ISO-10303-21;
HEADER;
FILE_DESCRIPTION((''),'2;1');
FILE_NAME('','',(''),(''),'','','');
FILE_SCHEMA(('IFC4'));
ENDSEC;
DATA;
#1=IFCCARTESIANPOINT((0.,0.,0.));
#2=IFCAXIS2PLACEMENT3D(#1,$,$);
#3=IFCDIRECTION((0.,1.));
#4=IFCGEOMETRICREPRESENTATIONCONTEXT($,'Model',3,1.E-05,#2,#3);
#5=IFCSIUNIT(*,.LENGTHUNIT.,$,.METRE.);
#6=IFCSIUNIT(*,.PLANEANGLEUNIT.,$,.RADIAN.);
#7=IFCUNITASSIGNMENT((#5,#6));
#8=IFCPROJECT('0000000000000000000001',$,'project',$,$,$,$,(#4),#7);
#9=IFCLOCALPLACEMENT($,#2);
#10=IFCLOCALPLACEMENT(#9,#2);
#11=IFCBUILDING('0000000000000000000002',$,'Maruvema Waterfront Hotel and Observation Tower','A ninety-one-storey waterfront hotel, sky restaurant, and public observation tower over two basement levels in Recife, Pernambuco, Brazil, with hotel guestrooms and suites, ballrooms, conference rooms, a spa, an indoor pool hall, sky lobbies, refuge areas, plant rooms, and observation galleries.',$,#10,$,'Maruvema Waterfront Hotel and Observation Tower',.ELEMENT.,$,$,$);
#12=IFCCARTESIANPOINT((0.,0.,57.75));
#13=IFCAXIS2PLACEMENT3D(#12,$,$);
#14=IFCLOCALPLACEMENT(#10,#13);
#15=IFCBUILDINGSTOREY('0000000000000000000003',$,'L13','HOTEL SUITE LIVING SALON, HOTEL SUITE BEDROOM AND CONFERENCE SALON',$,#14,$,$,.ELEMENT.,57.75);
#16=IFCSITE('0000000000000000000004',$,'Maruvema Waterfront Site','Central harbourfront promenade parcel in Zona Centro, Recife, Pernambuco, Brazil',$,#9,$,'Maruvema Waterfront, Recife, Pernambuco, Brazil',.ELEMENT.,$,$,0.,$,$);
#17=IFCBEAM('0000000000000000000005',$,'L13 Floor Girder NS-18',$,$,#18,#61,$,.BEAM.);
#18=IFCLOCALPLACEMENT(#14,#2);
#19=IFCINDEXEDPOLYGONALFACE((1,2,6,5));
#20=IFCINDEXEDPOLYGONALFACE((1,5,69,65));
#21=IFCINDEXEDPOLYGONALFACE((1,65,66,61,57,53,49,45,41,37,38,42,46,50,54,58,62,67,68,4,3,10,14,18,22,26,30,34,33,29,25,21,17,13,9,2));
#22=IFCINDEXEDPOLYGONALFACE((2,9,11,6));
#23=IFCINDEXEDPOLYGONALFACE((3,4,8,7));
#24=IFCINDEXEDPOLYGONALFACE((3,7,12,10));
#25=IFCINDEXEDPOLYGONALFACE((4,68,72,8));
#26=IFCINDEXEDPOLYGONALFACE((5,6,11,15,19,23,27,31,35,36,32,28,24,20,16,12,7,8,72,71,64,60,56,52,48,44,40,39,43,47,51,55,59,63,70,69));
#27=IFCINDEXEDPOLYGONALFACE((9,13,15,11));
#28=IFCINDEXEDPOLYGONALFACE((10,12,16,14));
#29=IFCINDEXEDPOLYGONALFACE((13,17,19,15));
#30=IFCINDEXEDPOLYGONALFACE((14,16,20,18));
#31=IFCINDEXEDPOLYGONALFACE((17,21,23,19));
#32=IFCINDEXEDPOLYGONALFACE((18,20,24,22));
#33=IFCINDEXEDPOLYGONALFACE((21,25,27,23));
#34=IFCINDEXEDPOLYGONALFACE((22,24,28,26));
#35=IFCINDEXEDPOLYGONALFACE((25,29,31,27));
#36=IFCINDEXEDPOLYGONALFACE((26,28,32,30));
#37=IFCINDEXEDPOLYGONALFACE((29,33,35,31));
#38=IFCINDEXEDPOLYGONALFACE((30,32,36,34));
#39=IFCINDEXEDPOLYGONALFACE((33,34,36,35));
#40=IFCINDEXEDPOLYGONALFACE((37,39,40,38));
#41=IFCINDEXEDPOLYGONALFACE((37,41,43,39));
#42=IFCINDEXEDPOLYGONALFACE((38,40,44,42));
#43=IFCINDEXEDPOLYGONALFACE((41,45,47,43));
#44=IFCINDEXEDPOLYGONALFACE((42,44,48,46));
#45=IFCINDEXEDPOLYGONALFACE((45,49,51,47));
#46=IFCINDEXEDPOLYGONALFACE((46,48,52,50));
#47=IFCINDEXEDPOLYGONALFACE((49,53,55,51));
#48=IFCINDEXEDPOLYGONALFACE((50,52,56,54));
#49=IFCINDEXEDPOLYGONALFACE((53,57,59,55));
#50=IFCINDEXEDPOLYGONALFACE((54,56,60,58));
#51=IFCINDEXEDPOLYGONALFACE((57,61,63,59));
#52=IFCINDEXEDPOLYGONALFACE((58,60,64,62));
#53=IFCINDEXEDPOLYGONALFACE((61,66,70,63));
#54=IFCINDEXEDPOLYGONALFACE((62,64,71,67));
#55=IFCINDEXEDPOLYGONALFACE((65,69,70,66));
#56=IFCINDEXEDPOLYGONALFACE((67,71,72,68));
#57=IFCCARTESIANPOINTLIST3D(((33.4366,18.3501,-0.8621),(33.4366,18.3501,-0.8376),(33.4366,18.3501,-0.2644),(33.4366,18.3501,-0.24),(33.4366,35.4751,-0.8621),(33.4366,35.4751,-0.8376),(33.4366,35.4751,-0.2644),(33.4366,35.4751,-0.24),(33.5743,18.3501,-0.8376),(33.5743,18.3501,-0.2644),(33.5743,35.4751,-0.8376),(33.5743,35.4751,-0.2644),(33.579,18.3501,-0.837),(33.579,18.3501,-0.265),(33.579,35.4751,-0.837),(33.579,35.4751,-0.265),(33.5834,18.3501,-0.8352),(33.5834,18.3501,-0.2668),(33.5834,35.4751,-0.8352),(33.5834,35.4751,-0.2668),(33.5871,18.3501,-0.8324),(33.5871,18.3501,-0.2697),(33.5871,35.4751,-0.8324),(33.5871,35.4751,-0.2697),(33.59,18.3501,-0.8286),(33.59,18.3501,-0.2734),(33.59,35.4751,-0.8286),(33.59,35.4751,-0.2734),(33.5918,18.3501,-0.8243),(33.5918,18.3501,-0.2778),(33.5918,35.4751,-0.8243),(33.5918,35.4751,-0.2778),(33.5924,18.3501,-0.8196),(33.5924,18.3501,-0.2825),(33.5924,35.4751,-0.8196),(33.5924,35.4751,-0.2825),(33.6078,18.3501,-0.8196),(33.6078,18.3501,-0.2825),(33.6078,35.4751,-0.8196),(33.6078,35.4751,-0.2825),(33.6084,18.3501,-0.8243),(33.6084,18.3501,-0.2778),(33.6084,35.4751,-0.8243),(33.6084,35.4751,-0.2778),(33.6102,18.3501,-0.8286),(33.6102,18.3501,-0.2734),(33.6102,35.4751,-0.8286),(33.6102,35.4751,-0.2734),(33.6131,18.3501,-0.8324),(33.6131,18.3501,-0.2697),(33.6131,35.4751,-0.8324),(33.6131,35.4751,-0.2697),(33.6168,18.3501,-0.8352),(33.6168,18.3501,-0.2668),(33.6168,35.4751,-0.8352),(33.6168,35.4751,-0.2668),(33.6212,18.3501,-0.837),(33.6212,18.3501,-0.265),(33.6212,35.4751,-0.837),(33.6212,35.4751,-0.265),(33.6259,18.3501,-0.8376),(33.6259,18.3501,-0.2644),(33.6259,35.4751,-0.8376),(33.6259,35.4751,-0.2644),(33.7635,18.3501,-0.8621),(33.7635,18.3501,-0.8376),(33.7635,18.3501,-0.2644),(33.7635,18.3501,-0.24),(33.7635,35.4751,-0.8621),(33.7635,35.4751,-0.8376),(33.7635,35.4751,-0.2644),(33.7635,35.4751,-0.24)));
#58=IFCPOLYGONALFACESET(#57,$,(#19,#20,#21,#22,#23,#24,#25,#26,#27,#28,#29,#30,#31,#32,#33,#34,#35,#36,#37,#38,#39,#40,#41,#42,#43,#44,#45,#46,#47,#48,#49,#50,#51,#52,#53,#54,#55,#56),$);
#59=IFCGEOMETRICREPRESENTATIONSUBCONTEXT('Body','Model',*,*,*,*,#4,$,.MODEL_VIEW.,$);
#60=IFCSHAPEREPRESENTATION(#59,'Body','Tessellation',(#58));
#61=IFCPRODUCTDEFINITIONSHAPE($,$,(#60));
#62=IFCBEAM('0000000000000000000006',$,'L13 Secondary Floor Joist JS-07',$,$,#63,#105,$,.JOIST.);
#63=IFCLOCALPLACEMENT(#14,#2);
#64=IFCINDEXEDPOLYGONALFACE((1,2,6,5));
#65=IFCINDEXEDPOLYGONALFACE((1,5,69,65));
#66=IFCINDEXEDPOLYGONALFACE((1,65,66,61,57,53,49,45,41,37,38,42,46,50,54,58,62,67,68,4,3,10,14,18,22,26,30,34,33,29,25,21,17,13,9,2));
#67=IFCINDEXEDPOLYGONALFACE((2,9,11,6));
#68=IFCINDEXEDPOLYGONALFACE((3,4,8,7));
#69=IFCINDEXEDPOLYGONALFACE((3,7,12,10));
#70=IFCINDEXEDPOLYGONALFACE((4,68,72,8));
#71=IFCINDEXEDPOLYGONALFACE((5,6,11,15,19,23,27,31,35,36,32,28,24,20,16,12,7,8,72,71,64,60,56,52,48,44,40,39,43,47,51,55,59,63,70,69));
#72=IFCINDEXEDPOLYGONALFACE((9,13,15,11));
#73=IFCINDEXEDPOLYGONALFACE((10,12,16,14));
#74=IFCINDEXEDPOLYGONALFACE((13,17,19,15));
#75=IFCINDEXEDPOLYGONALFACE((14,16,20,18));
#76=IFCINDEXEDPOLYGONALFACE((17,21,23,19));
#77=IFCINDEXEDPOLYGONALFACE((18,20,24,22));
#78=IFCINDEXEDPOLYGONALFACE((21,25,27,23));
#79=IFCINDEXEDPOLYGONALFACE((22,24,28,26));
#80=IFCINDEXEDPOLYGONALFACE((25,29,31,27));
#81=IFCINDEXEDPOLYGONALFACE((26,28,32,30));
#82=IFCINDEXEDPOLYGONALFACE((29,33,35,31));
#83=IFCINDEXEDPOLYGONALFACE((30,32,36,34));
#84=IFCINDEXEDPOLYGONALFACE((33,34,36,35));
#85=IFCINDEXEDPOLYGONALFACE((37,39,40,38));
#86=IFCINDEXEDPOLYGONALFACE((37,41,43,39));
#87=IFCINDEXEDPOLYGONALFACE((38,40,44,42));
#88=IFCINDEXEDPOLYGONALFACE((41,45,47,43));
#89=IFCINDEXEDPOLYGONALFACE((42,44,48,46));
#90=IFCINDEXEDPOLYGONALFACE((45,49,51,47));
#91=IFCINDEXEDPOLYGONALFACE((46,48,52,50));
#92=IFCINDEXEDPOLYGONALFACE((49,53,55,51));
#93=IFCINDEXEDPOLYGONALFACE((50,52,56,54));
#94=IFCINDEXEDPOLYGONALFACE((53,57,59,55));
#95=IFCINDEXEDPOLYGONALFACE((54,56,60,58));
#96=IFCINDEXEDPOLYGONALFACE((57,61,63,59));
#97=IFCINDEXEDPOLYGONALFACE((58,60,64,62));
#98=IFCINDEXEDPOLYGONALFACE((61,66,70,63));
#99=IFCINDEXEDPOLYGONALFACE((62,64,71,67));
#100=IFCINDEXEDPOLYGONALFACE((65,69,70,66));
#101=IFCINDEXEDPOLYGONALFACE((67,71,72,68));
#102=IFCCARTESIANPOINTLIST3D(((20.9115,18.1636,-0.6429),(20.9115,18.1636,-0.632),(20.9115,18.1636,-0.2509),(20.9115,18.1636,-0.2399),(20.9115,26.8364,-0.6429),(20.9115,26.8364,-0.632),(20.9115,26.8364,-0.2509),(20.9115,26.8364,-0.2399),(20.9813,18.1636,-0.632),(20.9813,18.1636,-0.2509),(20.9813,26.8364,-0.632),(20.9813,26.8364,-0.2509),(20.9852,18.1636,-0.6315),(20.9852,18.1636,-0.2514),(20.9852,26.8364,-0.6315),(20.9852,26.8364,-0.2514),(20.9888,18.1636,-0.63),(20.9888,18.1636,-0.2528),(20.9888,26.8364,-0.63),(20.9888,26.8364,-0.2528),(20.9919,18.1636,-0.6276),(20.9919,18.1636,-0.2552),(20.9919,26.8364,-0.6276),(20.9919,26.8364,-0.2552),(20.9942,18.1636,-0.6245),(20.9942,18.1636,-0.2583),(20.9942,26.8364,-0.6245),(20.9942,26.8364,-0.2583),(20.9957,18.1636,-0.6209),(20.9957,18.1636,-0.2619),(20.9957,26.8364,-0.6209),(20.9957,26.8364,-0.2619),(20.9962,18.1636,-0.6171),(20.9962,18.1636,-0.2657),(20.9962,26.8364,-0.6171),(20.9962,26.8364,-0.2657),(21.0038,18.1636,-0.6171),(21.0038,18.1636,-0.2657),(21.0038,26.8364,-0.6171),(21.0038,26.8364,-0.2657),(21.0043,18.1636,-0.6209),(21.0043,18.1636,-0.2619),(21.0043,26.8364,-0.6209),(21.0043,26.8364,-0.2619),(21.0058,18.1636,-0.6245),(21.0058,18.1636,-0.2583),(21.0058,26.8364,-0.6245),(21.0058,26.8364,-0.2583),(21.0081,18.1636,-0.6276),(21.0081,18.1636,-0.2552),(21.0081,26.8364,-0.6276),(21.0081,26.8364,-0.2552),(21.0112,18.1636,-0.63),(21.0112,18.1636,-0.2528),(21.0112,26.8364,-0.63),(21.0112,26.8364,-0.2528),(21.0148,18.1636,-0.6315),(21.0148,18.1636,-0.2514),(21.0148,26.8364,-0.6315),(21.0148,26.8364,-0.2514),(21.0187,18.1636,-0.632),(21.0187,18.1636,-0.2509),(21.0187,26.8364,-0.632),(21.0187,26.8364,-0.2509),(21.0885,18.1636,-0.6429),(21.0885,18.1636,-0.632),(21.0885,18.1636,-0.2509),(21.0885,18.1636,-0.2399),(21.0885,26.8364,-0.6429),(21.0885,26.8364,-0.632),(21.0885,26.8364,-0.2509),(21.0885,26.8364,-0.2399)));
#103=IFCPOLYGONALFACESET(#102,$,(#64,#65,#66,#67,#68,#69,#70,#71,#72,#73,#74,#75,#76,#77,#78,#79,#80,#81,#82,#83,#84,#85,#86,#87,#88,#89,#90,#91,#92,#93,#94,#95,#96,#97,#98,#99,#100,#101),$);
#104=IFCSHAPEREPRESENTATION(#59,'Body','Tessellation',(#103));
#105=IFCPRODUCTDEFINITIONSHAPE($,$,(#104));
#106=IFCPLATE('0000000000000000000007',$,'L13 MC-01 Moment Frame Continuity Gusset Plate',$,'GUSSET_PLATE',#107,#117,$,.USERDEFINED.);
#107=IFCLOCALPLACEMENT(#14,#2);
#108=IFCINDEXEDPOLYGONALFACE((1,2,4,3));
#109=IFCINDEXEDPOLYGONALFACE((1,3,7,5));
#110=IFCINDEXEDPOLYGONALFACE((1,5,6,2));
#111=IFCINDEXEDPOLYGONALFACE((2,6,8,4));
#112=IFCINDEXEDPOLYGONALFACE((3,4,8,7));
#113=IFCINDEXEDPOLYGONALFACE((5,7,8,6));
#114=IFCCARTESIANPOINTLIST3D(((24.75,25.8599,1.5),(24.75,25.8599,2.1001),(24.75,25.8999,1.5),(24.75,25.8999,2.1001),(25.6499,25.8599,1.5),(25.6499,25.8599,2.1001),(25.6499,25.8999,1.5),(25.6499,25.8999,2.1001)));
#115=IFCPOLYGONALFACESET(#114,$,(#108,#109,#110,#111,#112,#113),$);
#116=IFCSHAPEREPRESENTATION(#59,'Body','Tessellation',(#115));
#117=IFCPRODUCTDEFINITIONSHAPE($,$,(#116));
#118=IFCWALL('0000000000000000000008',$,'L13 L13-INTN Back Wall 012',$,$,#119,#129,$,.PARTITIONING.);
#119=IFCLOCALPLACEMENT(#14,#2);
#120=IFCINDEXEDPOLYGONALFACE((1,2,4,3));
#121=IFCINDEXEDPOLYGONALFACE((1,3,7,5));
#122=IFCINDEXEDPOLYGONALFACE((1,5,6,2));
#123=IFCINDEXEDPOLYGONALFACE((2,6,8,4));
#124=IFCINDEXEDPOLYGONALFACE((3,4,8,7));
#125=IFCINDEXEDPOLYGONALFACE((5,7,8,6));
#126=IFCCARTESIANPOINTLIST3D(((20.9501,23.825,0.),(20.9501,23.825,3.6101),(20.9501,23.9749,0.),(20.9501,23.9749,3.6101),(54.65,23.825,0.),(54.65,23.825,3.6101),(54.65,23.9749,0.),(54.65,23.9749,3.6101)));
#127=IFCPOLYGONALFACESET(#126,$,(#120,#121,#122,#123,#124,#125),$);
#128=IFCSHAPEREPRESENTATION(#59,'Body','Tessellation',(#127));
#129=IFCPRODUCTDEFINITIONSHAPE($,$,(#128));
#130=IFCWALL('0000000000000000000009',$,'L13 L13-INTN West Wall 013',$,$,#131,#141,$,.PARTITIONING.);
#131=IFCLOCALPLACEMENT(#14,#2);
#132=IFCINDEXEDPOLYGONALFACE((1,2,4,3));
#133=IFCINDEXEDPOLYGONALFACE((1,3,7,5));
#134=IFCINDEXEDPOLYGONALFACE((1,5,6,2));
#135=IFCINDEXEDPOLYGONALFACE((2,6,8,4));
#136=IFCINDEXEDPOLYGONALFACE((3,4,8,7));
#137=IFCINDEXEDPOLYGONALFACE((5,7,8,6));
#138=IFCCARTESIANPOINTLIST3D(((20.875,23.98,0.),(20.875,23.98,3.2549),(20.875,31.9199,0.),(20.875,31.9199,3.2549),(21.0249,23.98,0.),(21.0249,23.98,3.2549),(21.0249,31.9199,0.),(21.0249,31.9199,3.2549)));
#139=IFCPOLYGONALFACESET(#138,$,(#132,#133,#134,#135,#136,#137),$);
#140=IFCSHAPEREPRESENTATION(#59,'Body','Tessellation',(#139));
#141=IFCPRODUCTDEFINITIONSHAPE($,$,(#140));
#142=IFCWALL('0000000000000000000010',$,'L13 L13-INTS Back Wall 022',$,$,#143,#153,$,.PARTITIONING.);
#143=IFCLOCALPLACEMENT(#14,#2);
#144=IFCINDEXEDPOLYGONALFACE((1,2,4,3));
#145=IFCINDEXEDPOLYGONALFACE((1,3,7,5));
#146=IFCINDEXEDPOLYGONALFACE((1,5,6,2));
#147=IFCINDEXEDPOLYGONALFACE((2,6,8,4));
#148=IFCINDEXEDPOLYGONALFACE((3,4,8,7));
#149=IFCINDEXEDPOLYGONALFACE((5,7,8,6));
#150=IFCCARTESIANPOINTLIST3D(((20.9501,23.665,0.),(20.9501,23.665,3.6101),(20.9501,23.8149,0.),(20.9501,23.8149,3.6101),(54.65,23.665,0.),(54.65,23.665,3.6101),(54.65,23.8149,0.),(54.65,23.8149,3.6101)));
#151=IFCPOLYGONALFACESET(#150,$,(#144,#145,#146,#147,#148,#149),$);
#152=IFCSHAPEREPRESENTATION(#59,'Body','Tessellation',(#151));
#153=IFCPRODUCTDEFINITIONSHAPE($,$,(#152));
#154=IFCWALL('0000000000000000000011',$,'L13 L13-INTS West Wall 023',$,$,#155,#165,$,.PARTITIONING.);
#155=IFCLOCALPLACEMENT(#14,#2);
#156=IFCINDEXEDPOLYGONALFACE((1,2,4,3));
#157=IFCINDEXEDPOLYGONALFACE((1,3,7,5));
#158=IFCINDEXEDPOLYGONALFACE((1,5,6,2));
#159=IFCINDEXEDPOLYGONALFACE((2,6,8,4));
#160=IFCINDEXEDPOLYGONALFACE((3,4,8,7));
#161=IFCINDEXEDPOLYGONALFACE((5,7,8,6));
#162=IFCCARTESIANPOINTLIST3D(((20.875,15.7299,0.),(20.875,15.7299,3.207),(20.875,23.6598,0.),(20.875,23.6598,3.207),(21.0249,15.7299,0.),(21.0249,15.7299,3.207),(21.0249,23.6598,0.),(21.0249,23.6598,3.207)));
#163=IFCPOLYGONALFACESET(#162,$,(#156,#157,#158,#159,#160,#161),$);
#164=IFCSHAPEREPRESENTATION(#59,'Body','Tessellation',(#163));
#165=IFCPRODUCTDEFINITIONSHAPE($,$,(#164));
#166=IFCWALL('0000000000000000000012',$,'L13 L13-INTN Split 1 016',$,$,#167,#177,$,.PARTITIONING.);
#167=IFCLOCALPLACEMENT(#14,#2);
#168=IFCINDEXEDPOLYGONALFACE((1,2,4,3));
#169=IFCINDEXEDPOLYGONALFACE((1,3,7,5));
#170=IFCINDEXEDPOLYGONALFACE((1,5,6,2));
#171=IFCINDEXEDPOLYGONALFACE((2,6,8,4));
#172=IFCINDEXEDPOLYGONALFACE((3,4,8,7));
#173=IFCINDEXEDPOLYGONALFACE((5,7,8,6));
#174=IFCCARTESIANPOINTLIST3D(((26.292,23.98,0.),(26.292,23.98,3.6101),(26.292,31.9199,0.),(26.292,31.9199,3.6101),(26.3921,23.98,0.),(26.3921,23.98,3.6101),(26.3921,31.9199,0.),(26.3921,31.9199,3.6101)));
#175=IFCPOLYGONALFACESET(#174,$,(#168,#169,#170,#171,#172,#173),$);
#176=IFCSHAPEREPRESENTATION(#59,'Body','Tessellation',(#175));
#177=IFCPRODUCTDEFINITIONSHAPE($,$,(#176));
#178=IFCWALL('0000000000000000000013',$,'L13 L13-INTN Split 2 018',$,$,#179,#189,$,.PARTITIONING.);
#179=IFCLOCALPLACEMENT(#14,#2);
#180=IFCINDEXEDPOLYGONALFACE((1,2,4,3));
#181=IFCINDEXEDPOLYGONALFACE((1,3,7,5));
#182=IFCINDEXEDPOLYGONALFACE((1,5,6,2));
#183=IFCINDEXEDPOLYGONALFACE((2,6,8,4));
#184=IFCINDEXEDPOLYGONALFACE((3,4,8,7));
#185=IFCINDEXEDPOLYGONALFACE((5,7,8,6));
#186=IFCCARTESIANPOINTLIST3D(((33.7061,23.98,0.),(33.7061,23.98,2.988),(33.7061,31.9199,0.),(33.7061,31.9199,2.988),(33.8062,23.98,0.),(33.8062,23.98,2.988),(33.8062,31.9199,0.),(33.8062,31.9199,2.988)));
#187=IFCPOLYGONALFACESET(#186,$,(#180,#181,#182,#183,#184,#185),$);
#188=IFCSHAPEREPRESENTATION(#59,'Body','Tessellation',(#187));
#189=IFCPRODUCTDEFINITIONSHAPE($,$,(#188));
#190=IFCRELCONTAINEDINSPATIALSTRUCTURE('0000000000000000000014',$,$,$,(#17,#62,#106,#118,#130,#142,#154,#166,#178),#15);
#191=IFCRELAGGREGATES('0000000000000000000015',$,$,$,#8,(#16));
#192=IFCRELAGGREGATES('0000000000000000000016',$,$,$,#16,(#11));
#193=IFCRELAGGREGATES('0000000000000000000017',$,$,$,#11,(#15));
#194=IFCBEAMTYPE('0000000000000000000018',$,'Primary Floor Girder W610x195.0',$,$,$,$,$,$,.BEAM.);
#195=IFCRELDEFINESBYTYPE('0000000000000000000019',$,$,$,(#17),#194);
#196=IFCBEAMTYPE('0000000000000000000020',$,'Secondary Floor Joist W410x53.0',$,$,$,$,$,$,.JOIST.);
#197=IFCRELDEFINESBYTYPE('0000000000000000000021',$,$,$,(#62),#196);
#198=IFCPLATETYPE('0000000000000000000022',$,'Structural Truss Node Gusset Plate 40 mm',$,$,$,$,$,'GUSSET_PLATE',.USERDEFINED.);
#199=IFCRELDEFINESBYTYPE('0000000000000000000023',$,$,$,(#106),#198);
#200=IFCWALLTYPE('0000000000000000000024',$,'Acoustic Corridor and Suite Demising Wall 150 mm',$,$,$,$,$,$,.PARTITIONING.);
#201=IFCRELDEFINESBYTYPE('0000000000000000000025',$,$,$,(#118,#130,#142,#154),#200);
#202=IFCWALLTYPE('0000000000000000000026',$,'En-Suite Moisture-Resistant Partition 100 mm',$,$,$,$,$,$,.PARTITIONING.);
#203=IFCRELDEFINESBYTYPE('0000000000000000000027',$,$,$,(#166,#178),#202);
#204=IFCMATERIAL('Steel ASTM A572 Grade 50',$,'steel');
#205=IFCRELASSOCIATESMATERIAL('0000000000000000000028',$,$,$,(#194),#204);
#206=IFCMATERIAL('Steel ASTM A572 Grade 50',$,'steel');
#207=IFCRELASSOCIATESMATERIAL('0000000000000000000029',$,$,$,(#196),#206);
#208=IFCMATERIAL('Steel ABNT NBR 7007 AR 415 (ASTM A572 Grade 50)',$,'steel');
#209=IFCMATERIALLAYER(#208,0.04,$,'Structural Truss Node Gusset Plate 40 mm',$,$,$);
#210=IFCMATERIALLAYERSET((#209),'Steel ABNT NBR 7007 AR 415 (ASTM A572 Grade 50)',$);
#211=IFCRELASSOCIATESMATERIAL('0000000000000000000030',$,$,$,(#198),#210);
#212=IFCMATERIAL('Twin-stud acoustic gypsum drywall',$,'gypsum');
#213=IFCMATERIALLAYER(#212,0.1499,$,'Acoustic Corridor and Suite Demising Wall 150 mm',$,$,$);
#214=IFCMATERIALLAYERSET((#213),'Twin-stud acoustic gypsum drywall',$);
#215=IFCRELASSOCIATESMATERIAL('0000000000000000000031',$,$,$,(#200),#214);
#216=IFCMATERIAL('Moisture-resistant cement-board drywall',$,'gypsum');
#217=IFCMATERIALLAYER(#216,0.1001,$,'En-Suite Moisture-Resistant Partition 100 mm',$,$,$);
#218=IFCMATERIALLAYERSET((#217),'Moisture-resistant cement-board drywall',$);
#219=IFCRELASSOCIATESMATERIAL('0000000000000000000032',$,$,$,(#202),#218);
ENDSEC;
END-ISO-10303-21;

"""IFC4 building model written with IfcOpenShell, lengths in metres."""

from ifc_helpers import new_model, si_unit, direction, frame, frame_2d, origin, origin_2d, place, context, subcontext, project, spatial, rectangle, i_section, extrude, material, layer, layer_set, material_profile, profile_set, type_object, element, save


model = new_model("IFC4")

# Units and contexts
model_context = context("Model", 3, precision=1e-05, world=origin(), true_north=direction((0.0, 1.0)))
body_context = subcontext(model_context, "Body", "Model", "MODEL_VIEW")
ifc_project = project(units=[si_unit("LENGTHUNIT", "METRE"), si_unit("PLANEANGLEUNIT", "RADIAN")], contexts=[model_context])

# Site, building, storey
site_placement = place(None, origin())
site = spatial("IfcSite", under=ifc_project, at=site_placement, Name="Maruvema Waterfront Site", Description="Central harbourfront promenade parcel in Zona Centro, Recife, Pernambuco, Brazil", LongName="Maruvema Waterfront, Recife, Pernambuco, Brazil", CompositionType="ELEMENT", RefElevation=0.0)
building_placement = place(site_placement, origin())
building = spatial("IfcBuilding", under=site, at=building_placement, Name="Maruvema Waterfront Hotel and Observation Tower", Description="A ninety-one-storey waterfront hotel, sky restaurant, and public observation tower over two basement levels in Recife, Pernambuco, Brazil, with hotel guestrooms and suites, ballrooms, conference rooms, a spa, an indoor pool hall, sky lobbies, refuge areas, plant rooms, and observation galleries.", LongName="Maruvema Waterfront Hotel and Observation Tower", CompositionType="ELEMENT")
storey_placement = place(building_placement, frame((0.0, 0.0, 57.75)))
storey = spatial("IfcBuildingStorey", under=building, at=storey_placement, Name="L13", Description="HOTEL SUITE LIVING SALON, HOTEL SUITE BEDROOM AND CONFERENCE SALON", CompositionType="ELEMENT", Elevation=57.75)

# Beams
ifc_material_1 = material(Name="Steel ASTM A572 Grade 50", Category="steel")
ifc_material_profile_1 = material_profile(ifc_material_1, i_section(OverallWidth=0.3269, OverallDepth=0.6221, WebThickness=0.0154, FlangeThickness=0.0244, FilletRadius=0.0181, at=origin_2d()), Name="W610x195.0")
ifc_profile_set_1 = profile_set([ifc_material_profile_1], Name="Steel ASTM A572 Grade 50")
beam_type_1 = type_object("IfcBeamType", Name="Primary Floor Girder W610x195.0", PredefinedType="BEAM", material=ifc_profile_set_1)
beam_1_placement = place(storey_placement, frame((33.6001, 18.3501, -0.551), z_axis=(0.0, 1.0, 0.0), x_axis=(-1.0, 0.0, 0.0)))
element("IfcBeam", 1, at=beam_1_placement, inside=storey, type_object=beam_type_1, Name="L13 Floor Girder NS-18", PredefinedType="BEAM", context=body_context, shape_type="SweptSolid", body=[
    extrude(i_section(OverallWidth=0.3269, OverallDepth=0.6221, WebThickness=0.0154, FlangeThickness=0.0244, FilletRadius=0.0181, at=origin_2d()), origin(), (0.0, 0.0, 1.0), 17.125),
])
ifc_material_2 = material(Name="Steel ASTM A572 Grade 50", Category="steel")
ifc_material_profile_2 = material_profile(ifc_material_2, i_section(OverallWidth=0.177, OverallDepth=0.4031, WebThickness=0.0076, FlangeThickness=0.011, FilletRadius=0.0149, at=origin_2d()), Name="W410x53.0")
ifc_profile_set_2 = profile_set([ifc_material_profile_2], Name="Steel ASTM A572 Grade 50")
beam_type_2 = type_object("IfcBeamType", Name="Secondary Floor Joist W410x53.0", PredefinedType="JOIST", material=ifc_profile_set_2)
beam_2_placement = place(storey_placement, frame((21.0, 18.1636, -0.4414), z_axis=(0.0, 1.0, 0.0), x_axis=(-1.0, 0.0, 0.0)))
element("IfcBeam", 2, at=beam_2_placement, inside=storey, type_object=beam_type_2, Name="L13 Secondary Floor Joist JS-07", PredefinedType="JOIST", context=body_context, shape_type="SweptSolid", body=[
    extrude(i_section(OverallWidth=0.177, OverallDepth=0.4031, WebThickness=0.0076, FlangeThickness=0.011, FilletRadius=0.0149, at=origin_2d()), origin(), (0.0, 0.0, 1.0), 8.6729),
])

# Plate
ifc_material_3 = material(Name="Steel ABNT NBR 7007 AR 415 (ASTM A572 Grade 50)", Category="steel")
ifc_layer_1 = layer(ifc_material_3, 0.04, Name="Structural Truss Node Gusset Plate 40 mm")
ifc_layer_set_1 = layer_set([ifc_layer_1], Name="Steel ABNT NBR 7007 AR 415 (ASTM A572 Grade 50)")
plate_type = type_object("IfcPlateType", Name="Structural Truss Node Gusset Plate 40 mm", ElementType="GUSSET_PLATE", PredefinedType="USERDEFINED", material=ifc_layer_set_1)
plate_placement = place(storey_placement, frame((25.2, 25.8799, 1.5), z_axis=(0.0, 0.0, 1.0), x_axis=(1.0, 0.0, 0.0)))
element("IfcPlate", 3, at=plate_placement, inside=storey, type_object=plate_type, Name="L13 MC-01 Moment Frame Continuity Gusset Plate", ObjectType="GUSSET_PLATE", PredefinedType="USERDEFINED", context=body_context, shape_type="SweptSolid", body=[
    extrude(rectangle(XDim=0.8999, YDim=0.04, at=origin_2d()), origin(), (0.0, 0.0, 1.0), 0.6001),
])

# Walls
ifc_material_4 = material(Name="Twin-stud acoustic gypsum drywall", Category="gypsum")
ifc_layer_2 = layer(ifc_material_4, 0.1499, Name="Acoustic Corridor and Suite Demising Wall 150 mm")
ifc_layer_set_2 = layer_set([ifc_layer_2], Name="Twin-stud acoustic gypsum drywall")
wall_type_1 = type_object("IfcWallType", Name="Acoustic Corridor and Suite Demising Wall 150 mm", PredefinedType="PARTITIONING", material=ifc_layer_set_2)
wall_1_placement = place(storey_placement, frame((20.95, 23.8999, 0.0), z_axis=(0.0, 0.0, 1.0), x_axis=(1.0, 0.0, 0.0)))
element("IfcWall", 4, at=wall_1_placement, inside=storey, type_object=wall_type_1, Name="L13 L13-INTN Back Wall 012", PredefinedType="PARTITIONING", context=body_context, shape_type="SweptSolid", body=[
    extrude(rectangle(XDim=33.7, YDim=0.1499, at=frame_2d((16.8501, 0.0))), origin(), (0.0, 0.0, 1.0), 3.6101),
])
wall_2_placement = place(storey_placement, frame((20.95, 23.98, 0.0), z_axis=(0.0, 0.0, 1.0), x_axis=(0.0, 1.0, 0.0)))
element("IfcWall", 5, at=wall_2_placement, inside=storey, type_object=wall_type_1, Name="L13 L13-INTN West Wall 013", PredefinedType="PARTITIONING", context=body_context, shape_type="SweptSolid", body=[
    extrude(rectangle(XDim=7.9399, YDim=0.1499, at=frame_2d((3.97, 0.0))), origin(), (0.0, 0.0, 1.0), 3.2549),
])
wall_3_placement = place(storey_placement, frame((20.95, 23.74, 0.0), z_axis=(0.0, 0.0, 1.0), x_axis=(1.0, 0.0, 0.0)))
element("IfcWall", 6, at=wall_3_placement, inside=storey, type_object=wall_type_1, Name="L13 L13-INTS Back Wall 022", PredefinedType="PARTITIONING", context=body_context, shape_type="SweptSolid", body=[
    extrude(rectangle(XDim=33.7, YDim=0.1499, at=frame_2d((16.8501, 0.0))), origin(), (0.0, 0.0, 1.0), 3.6101),
])
wall_4_placement = place(storey_placement, frame((20.95, 15.73, 0.0), z_axis=(0.0, 0.0, 1.0), x_axis=(0.0, 1.0, 0.0)))
element("IfcWall", 7, at=wall_4_placement, inside=storey, type_object=wall_type_1, Name="L13 L13-INTS West Wall 023", PredefinedType="PARTITIONING", context=body_context, shape_type="SweptSolid", body=[
    extrude(rectangle(XDim=7.9299, YDim=0.1499, at=frame_2d((3.9648, 0.0))), origin(), (0.0, 0.0, 1.0), 3.207),
])
ifc_material_5 = material(Name="Moisture-resistant cement-board drywall", Category="gypsum")
ifc_layer_3 = layer(ifc_material_5, 0.1001, Name="En-Suite Moisture-Resistant Partition 100 mm")
ifc_layer_set_3 = layer_set([ifc_layer_3], Name="Moisture-resistant cement-board drywall")
wall_type_2 = type_object("IfcWallType", Name="En-Suite Moisture-Resistant Partition 100 mm", PredefinedType="PARTITIONING", material=ifc_layer_set_3)
wall_5_placement = place(storey_placement, frame((26.342, 23.98, 0.0), z_axis=(0.0, 0.0, 1.0), x_axis=(0.0, 1.0, 0.0)))
element("IfcWall", 8, at=wall_5_placement, inside=storey, type_object=wall_type_2, Name="L13 L13-INTN Split 1 016", PredefinedType="PARTITIONING", context=body_context, shape_type="SweptSolid", body=[
    extrude(rectangle(XDim=7.9399, YDim=0.1001, at=frame_2d((3.97, 0.0))), origin(), (0.0, 0.0, 1.0), 3.6101),
])
wall_6_placement = place(storey_placement, frame((33.7561, 23.98, 0.0), z_axis=(0.0, 0.0, 1.0), x_axis=(0.0, 1.0, 0.0)))
element("IfcWall", 9, at=wall_6_placement, inside=storey, type_object=wall_type_2, Name="L13 L13-INTN Split 2 018", PredefinedType="PARTITIONING", context=body_context, shape_type="SweptSolid", body=[
    extrude(rectangle(XDim=7.9399, YDim=0.1001, at=frame_2d((3.97, 0.0))), origin(), (0.0, 0.0, 1.0), 2.988),
])

save(model, "model.ifc")
